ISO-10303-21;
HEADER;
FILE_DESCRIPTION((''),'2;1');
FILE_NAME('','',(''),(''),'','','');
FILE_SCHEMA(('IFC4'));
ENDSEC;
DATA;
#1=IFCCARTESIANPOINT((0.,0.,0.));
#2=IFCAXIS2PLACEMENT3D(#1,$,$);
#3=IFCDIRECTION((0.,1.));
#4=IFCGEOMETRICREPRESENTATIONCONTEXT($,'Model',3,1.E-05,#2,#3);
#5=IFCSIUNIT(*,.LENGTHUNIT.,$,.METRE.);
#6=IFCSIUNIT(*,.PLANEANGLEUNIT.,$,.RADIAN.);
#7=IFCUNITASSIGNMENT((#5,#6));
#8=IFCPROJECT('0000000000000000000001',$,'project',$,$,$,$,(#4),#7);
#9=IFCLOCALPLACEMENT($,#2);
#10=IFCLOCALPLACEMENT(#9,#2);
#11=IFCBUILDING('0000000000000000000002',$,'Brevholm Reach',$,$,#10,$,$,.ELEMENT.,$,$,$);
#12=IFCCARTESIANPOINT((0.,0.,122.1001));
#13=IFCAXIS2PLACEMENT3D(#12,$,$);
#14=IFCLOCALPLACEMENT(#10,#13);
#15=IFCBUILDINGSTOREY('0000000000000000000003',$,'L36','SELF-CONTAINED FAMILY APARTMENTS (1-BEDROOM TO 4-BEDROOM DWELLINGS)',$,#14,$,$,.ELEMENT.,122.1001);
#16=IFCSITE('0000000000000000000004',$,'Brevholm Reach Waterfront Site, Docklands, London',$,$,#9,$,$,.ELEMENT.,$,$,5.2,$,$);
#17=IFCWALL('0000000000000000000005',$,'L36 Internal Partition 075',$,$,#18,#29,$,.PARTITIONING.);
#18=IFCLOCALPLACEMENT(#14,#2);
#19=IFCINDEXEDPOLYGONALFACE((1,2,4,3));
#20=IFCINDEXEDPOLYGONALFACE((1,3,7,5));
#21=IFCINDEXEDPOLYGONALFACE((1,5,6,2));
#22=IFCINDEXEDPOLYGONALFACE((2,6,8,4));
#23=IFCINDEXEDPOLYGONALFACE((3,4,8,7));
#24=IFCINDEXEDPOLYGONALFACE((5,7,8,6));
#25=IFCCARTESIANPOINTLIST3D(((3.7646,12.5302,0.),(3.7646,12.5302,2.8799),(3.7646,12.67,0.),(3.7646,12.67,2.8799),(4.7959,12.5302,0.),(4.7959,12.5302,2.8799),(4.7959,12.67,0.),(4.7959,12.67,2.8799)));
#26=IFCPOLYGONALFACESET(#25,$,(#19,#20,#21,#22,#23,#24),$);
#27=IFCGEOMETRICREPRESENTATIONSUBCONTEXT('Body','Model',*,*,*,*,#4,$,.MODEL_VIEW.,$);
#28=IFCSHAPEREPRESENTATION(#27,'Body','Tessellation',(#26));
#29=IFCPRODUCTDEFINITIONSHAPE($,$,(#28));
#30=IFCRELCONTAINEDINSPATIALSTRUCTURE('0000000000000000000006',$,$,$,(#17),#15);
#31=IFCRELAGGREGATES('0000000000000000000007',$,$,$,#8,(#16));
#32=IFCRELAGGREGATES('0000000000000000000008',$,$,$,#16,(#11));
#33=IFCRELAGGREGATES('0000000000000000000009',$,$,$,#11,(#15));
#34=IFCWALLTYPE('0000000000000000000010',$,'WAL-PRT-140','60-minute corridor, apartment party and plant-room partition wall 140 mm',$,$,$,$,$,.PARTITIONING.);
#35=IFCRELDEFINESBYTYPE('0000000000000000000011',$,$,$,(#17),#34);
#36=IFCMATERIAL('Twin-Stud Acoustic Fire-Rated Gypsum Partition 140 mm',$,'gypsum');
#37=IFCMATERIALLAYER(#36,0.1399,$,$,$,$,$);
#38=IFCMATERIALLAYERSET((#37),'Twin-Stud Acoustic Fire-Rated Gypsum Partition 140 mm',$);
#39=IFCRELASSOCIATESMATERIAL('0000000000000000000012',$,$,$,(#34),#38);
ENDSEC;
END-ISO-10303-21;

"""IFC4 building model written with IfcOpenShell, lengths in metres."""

from ifc_helpers import new_model, si_unit, direction, frame, frame_2d, origin, place, context, subcontext, project, spatial, rectangle, extrude, material, layer, layer_set, type_object, element, save


model = new_model("IFC4")

# Units and contexts
model_context = context("Model", 3, precision=1e-05, world=origin(), true_north=direction((0.0, 1.0)))
body_context = subcontext(model_context, "Body", "Model", "MODEL_VIEW")
ifc_project = project(units=[si_unit("LENGTHUNIT", "METRE"), si_unit("PLANEANGLEUNIT", "RADIAN")], contexts=[model_context])

# Site, building, storey
site_placement = place(None, origin())
site = spatial("IfcSite", under=ifc_project, at=site_placement, Name="Brevholm Reach Waterfront Site, Docklands, London", CompositionType="ELEMENT", RefElevation=5.2)
building_placement = place(site_placement, origin())
building = spatial("IfcBuilding", under=site, at=building_placement, Name="Brevholm Reach", CompositionType="ELEMENT")
storey_placement = place(building_placement, frame((0.0, 0.0, 122.1001)))
storey = spatial("IfcBuildingStorey", under=building, at=storey_placement, Name="L36", Description="SELF-CONTAINED FAMILY APARTMENTS (1-BEDROOM TO 4-BEDROOM DWELLINGS)", CompositionType="ELEMENT", Elevation=122.1001)

# Shared definitions
ifc_material_1 = material(Name="Twin-Stud Acoustic Fire-Rated Gypsum Partition 140 mm", Category="gypsum")
ifc_layer_1 = layer(ifc_material_1, 0.1399)
ifc_layer_set_1 = layer_set([ifc_layer_1], Name="Twin-Stud Acoustic Fire-Rated Gypsum Partition 140 mm")
wall_type_1 = type_object("IfcWallType", Name="WAL-PRT-140", Description="60-minute corridor, apartment party and plant-room partition wall 140 mm", PredefinedType="PARTITIONING", material=ifc_layer_set_1)

# Wall
wall_1_placement = place(storey_placement, frame((3.7646, 12.6001, 0.0), z_axis=(0.0, 0.0, 1.0), x_axis=(1.0, 0.0, 0.0)))
element("IfcWall", 1, at=wall_1_placement, inside=storey, type_object=wall_type_1, Name="L36 Internal Partition 075", PredefinedType="PARTITIONING", context=body_context, shape_type="SweptSolid", body=[
    extrude(rectangle(XDim=1.0312, YDim=0.1399, at=frame_2d((0.5156, 0.0))), origin(), (0.0, 0.0, 1.0), 2.8799),
])

save(model, "model.ifc")
